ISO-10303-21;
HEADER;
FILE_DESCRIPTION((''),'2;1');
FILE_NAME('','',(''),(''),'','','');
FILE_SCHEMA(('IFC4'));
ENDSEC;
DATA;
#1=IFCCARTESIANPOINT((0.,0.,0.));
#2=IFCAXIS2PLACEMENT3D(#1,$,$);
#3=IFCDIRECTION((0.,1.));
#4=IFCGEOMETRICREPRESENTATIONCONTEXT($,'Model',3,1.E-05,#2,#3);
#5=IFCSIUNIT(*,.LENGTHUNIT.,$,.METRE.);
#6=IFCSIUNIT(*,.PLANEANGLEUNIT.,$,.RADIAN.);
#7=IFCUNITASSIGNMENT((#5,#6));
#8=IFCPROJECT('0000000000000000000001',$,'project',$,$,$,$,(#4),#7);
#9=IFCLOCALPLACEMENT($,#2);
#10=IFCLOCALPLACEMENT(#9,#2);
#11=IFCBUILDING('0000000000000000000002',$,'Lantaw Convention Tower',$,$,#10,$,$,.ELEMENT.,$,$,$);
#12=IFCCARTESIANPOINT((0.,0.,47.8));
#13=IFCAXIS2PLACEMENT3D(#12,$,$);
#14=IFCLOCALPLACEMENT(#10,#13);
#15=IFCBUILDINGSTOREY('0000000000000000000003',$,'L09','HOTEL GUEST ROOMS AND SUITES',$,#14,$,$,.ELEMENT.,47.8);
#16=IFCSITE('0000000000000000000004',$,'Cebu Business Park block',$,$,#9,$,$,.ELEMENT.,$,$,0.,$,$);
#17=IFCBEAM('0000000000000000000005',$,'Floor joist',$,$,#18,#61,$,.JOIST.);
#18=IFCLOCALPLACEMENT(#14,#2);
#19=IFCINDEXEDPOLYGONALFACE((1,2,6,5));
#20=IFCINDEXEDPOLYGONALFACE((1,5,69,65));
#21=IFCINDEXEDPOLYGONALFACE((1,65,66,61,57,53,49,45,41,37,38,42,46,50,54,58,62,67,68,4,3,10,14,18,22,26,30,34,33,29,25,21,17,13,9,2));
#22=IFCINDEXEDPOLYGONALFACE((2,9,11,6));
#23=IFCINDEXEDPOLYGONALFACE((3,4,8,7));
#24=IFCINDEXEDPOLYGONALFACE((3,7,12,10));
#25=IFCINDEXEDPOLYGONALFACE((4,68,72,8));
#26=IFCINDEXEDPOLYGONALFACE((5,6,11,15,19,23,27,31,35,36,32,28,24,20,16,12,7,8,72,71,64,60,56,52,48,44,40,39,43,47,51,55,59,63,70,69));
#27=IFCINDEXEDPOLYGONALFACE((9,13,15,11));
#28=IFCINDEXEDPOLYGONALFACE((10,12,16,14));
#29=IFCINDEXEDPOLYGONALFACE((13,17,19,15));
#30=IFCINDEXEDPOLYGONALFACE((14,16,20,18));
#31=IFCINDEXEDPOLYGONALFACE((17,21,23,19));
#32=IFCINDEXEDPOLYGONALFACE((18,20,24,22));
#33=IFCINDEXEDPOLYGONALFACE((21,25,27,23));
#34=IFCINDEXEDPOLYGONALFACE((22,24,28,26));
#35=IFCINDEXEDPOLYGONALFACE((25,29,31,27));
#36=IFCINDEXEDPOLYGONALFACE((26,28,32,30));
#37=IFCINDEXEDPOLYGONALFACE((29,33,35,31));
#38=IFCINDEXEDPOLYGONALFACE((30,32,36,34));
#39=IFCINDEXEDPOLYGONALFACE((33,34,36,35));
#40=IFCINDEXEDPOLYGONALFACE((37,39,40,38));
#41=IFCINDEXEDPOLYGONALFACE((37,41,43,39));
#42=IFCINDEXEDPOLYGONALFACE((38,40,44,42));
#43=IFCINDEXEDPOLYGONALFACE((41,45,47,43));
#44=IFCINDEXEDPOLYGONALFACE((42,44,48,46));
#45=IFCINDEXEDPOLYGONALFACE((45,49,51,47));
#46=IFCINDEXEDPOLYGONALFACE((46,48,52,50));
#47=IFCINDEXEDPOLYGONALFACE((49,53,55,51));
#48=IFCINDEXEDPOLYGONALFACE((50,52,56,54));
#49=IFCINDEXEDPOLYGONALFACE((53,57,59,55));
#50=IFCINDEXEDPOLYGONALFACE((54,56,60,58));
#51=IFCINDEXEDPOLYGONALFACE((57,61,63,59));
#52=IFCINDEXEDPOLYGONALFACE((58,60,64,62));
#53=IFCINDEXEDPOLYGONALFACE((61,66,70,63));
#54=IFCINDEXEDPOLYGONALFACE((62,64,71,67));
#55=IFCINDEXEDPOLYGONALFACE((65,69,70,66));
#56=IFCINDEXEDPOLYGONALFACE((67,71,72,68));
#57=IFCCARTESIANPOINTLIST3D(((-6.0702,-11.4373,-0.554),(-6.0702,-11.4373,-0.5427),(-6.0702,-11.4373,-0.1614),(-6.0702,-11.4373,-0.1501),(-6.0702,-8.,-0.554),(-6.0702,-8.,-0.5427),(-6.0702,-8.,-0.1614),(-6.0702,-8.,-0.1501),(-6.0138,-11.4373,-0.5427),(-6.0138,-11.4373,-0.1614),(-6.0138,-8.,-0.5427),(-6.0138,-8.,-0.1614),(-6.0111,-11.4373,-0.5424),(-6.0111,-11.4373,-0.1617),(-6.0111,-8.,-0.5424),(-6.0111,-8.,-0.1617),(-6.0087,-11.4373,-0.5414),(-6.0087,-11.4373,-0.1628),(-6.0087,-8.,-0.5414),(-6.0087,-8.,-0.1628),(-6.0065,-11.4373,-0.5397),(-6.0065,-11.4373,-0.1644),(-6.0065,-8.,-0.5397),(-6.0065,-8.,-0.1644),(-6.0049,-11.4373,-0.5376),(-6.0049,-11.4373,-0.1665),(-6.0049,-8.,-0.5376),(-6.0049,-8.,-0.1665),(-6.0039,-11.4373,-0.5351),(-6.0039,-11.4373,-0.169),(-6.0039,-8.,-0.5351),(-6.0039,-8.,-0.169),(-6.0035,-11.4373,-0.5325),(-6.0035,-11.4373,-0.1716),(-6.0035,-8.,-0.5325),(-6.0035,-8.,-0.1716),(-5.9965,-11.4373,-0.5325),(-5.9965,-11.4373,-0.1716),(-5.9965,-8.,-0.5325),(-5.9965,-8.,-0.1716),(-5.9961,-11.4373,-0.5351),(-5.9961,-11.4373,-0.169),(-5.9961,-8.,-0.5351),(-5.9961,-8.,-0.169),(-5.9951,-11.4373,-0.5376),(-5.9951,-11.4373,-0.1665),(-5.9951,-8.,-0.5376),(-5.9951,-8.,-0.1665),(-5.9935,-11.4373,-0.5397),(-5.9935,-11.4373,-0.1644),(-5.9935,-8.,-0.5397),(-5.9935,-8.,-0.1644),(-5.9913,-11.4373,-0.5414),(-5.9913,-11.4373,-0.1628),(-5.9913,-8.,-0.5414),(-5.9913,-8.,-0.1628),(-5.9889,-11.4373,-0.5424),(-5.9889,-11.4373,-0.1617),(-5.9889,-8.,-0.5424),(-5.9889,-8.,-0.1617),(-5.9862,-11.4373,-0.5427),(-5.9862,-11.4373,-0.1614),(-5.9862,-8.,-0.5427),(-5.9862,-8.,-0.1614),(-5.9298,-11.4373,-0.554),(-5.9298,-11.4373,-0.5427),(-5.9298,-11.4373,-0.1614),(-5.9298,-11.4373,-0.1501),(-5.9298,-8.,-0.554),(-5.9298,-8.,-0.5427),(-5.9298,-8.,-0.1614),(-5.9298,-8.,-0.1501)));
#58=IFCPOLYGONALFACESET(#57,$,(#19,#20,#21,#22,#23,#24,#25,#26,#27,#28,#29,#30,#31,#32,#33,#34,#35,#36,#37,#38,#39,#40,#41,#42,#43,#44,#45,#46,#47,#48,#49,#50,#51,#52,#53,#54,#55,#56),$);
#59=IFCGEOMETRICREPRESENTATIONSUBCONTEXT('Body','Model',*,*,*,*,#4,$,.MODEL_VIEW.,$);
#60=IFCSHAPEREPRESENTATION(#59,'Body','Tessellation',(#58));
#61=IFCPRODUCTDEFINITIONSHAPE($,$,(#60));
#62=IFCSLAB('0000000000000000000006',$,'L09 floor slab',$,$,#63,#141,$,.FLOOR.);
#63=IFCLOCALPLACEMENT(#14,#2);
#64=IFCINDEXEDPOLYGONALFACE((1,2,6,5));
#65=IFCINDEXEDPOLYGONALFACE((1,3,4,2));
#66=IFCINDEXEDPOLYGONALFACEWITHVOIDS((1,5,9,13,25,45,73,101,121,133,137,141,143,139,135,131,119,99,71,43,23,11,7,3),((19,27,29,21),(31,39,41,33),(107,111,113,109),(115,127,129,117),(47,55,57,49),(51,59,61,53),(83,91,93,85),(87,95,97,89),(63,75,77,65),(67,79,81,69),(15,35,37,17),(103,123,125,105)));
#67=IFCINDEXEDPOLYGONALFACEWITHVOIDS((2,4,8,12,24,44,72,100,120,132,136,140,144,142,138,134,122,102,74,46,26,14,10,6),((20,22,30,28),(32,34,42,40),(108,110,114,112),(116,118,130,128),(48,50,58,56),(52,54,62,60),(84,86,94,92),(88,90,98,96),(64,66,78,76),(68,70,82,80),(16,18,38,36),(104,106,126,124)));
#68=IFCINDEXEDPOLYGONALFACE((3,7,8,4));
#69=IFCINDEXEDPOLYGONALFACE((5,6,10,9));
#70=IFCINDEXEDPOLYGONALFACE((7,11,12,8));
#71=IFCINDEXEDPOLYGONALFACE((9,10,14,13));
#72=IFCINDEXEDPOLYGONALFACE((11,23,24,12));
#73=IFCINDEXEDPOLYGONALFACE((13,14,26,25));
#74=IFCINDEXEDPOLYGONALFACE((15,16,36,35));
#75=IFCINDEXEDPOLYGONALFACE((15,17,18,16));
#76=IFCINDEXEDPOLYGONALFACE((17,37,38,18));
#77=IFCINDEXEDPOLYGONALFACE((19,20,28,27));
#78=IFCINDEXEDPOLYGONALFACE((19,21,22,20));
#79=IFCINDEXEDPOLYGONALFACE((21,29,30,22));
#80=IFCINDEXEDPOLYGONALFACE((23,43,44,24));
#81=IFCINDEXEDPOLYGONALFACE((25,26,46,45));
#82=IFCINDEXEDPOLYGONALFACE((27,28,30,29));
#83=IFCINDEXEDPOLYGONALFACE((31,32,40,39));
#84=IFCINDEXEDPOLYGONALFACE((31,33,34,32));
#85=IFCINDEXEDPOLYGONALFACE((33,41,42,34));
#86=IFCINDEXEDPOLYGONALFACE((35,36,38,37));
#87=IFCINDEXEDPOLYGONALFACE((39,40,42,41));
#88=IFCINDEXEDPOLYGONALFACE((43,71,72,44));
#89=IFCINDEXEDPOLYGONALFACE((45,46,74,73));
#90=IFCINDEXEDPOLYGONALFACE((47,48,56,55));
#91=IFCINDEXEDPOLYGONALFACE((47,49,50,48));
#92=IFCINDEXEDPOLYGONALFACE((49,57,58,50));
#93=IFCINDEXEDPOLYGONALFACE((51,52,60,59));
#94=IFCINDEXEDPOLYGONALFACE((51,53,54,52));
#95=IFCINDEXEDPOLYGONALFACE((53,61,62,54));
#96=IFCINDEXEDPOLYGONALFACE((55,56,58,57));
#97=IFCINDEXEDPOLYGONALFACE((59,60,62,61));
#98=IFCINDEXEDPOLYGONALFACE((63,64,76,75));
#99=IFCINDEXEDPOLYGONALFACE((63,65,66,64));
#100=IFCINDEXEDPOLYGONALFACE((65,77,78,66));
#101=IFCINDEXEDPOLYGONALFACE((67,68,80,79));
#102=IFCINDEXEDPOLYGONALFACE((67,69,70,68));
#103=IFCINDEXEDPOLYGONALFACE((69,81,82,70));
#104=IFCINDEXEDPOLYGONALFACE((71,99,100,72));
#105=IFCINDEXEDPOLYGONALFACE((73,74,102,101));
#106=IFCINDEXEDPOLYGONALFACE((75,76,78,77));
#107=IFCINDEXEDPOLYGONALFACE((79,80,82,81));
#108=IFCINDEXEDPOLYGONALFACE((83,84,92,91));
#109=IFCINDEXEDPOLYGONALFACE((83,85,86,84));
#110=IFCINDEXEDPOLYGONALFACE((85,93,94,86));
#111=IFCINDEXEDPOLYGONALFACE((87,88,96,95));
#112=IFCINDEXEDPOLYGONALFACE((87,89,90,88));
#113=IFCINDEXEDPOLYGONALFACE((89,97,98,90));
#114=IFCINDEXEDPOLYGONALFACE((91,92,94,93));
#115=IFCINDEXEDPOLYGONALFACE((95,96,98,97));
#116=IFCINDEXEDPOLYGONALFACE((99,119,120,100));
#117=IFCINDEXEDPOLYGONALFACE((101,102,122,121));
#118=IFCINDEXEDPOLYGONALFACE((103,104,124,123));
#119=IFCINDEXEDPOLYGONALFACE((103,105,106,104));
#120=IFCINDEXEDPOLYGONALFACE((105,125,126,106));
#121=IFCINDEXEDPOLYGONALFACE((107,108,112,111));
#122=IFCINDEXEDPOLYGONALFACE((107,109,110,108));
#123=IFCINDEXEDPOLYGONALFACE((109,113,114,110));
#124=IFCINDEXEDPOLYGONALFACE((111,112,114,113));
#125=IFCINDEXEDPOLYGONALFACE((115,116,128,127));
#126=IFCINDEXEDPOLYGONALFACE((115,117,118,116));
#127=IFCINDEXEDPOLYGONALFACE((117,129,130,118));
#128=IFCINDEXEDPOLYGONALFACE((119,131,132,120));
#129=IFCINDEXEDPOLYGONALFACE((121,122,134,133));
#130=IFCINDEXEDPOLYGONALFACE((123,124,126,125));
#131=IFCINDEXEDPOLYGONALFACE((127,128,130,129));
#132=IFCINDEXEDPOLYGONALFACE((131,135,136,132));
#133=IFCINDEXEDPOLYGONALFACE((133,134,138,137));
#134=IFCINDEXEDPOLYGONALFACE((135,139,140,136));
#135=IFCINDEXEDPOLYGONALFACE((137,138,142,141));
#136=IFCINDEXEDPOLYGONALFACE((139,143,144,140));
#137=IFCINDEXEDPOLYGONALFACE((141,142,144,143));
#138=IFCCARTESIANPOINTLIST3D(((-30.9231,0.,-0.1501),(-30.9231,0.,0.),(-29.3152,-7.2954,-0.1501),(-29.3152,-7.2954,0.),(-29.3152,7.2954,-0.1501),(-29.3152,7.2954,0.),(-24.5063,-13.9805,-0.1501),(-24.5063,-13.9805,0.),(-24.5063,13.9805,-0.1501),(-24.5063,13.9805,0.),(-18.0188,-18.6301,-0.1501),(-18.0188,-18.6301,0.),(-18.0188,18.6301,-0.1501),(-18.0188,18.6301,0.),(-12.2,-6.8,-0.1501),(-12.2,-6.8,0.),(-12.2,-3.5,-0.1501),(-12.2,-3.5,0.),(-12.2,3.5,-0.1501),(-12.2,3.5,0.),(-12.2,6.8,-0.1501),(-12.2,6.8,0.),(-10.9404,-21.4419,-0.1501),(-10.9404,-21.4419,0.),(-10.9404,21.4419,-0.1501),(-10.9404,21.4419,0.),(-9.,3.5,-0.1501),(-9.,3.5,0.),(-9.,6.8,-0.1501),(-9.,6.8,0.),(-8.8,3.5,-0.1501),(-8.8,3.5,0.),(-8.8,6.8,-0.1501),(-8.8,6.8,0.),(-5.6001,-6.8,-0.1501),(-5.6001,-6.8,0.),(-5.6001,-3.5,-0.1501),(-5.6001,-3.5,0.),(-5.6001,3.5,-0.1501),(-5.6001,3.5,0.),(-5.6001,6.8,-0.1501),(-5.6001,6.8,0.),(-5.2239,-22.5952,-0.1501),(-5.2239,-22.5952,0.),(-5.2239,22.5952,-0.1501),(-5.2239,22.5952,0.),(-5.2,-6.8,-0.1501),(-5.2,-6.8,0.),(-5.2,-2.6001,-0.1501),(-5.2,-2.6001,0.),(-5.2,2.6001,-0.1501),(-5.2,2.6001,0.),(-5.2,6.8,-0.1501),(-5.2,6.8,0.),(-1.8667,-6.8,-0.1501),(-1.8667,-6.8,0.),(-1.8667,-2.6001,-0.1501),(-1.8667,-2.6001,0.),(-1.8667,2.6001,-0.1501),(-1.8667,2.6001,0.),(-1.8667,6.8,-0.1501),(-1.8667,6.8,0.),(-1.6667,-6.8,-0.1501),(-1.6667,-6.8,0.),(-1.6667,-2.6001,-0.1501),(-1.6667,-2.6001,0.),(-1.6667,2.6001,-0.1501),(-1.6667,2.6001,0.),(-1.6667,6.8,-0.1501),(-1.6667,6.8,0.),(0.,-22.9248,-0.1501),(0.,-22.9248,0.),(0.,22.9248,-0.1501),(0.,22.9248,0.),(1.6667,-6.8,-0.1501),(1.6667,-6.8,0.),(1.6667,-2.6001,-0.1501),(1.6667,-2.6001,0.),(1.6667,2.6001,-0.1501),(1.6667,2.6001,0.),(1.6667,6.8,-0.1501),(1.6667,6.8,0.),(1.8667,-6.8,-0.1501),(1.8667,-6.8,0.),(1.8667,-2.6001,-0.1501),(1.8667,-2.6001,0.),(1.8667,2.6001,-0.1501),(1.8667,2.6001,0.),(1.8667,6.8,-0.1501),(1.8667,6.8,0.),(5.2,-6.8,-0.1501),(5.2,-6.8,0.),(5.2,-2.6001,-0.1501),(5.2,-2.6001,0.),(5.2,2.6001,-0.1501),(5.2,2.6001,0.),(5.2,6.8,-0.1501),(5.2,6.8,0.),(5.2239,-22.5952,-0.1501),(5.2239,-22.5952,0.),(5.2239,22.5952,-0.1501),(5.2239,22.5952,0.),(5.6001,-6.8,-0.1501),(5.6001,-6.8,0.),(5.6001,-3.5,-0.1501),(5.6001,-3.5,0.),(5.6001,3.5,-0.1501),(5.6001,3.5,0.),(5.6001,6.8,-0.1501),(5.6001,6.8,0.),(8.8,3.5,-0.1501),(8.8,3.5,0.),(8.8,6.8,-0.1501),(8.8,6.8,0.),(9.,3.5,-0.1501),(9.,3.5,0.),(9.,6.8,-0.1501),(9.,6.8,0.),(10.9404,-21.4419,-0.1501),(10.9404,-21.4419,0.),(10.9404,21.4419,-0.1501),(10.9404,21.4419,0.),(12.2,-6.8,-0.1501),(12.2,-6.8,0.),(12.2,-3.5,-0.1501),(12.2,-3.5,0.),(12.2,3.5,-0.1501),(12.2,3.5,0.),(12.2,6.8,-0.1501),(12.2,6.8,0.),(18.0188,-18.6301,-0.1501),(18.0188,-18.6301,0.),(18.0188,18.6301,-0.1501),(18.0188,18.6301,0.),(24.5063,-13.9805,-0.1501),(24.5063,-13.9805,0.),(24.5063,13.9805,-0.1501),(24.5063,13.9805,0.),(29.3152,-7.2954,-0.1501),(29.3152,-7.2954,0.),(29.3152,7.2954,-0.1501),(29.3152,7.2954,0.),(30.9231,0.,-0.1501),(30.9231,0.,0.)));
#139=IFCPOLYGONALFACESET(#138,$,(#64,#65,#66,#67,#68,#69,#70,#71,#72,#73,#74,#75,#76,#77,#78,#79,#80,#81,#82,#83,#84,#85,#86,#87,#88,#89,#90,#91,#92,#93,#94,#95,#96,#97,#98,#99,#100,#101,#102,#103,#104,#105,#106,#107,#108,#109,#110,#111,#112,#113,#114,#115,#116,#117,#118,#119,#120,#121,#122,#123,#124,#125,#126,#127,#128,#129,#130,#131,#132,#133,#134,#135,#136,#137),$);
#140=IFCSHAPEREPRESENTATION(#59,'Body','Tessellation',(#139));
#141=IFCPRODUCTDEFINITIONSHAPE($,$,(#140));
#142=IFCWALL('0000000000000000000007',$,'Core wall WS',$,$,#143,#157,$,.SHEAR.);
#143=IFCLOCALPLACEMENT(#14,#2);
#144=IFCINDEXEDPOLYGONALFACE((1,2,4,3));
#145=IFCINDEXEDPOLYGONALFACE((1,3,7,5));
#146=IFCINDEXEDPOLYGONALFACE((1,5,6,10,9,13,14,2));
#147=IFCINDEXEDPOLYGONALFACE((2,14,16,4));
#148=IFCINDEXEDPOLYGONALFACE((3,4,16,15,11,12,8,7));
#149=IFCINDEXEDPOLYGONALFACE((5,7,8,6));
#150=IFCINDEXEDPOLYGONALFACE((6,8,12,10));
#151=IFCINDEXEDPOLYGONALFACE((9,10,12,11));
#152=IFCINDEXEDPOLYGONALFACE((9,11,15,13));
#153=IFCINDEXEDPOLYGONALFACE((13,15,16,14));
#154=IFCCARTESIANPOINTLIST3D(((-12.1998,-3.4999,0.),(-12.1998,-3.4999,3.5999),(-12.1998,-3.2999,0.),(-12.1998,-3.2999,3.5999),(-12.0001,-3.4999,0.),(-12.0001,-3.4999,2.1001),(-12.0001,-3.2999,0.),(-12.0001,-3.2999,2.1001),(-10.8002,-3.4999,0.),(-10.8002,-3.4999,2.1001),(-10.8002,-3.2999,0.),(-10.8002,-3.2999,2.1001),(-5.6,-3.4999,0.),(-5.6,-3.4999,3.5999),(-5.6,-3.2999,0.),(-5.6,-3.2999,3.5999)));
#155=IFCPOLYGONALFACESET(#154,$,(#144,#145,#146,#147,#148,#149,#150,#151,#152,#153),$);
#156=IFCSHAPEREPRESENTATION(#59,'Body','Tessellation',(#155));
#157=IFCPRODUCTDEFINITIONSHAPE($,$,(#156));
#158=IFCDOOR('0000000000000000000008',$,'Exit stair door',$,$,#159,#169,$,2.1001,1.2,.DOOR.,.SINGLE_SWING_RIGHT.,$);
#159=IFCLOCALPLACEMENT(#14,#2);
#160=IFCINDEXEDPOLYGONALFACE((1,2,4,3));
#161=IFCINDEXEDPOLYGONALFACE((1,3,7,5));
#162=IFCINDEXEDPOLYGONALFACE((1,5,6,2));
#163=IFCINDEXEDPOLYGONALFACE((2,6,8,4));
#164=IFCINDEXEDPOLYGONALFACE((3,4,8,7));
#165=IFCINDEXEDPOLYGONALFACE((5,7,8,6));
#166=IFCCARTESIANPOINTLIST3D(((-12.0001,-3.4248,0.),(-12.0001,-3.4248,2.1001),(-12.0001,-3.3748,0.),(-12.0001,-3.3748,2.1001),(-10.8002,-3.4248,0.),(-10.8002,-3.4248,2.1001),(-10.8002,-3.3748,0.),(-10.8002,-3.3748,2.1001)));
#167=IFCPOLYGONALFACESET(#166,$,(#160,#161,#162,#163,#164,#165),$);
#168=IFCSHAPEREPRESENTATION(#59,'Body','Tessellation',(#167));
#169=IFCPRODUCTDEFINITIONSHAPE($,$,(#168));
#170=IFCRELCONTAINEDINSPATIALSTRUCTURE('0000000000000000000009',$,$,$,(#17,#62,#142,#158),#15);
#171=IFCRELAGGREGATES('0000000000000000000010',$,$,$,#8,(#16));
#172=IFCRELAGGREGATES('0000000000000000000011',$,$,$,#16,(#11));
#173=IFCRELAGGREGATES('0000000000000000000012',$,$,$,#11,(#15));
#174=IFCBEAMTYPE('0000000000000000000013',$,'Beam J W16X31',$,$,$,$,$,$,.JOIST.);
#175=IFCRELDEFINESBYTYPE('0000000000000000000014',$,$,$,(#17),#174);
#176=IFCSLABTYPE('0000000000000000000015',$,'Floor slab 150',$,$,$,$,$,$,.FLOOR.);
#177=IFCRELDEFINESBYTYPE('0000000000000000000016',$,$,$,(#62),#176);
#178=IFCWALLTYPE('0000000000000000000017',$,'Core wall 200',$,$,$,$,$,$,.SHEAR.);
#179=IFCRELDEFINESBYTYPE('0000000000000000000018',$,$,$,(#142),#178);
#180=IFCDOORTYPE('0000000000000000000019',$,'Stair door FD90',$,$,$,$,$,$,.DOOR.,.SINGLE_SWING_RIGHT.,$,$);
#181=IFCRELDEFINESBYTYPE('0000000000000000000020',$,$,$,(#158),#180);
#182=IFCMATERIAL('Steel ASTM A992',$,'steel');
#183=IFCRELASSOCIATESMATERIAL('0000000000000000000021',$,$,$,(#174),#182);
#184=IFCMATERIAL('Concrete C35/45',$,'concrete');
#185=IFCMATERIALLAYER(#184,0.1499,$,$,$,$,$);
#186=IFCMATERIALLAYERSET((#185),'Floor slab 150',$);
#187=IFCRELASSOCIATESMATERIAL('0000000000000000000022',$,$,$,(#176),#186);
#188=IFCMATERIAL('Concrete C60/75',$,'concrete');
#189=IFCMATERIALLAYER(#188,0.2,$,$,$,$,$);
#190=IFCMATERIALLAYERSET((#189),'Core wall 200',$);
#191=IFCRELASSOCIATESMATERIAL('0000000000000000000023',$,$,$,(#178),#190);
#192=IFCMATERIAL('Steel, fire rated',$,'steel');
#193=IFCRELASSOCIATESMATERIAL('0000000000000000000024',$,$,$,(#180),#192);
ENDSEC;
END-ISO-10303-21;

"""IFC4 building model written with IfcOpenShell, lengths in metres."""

from ifc_helpers import new_model, si_unit, direction, frame, frame_2d, origin, origin_2d, place, context, subcontext, project, spatial, polyline, rectangle, i_section, outline, extrude, material, layer, layer_set, material_profile, profile_set, type_object, element, fill, save


model = new_model("IFC4")

# Units and contexts
model_context = context("Model", 3, precision=1e-05, world=origin(), true_north=direction((0.0, 1.0)))
body_context = subcontext(model_context, "Body", "Model", "MODEL_VIEW")
ifc_project = project(units=[si_unit("LENGTHUNIT", "METRE"), si_unit("PLANEANGLEUNIT", "RADIAN")], contexts=[model_context])

# Site, building, storey
site_placement = place(None, origin())
site = spatial("IfcSite", under=ifc_project, at=site_placement, Name="Cebu Business Park block", CompositionType="ELEMENT", RefElevation=0.0)
building_placement = place(site_placement, origin())
building = spatial("IfcBuilding", under=site, at=building_placement, Name="Lantaw Convention Tower", CompositionType="ELEMENT")
storey_placement = place(building_placement, frame((0.0, 0.0, 47.8)))
storey = spatial("IfcBuildingStorey", under=building, at=storey_placement, Name="L09", Description="HOTEL GUEST ROOMS AND SUITES", CompositionType="ELEMENT", Elevation=47.8)

# Beam
ifc_material_1 = material(Name="Steel ASTM A992", Category="steel")
ifc_material_profile_1 = material_profile(ifc_material_1, i_section(OverallWidth=0.1404, OverallDepth=0.4038, WebThickness=0.0071, FlangeThickness=0.0112, FilletRadius=0.0103, at=origin_2d()), Name="W16X31")
ifc_profile_set_1 = profile_set([ifc_material_profile_1], Name="Steel ASTM A992")
beam_type_1 = type_object("IfcBeamType", Name="Beam J W16X31", PredefinedType="JOIST", material=ifc_profile_set_1)
beam_1_placement = place(storey_placement, frame((-6.0, -11.4373, -0.3521), z_axis=(0.0, 1.0, 0.0), x_axis=(-1.0, 0.0, 0.0)))
element("IfcBeam", 1, at=beam_1_placement, inside=storey, type_object=beam_type_1, Name="Floor joist", PredefinedType="JOIST", context=body_context, shape_type="SweptSolid", body=[
    extrude(i_section(OverallWidth=0.1404, OverallDepth=0.4038, WebThickness=0.0071, FlangeThickness=0.0112, FilletRadius=0.0103, at=origin_2d()), origin(), (0.0, 0.0, 1.0), 3.4373),
])

# Slab
ifc_material_2 = material(Name="Concrete C35/45", Category="concrete")
ifc_layer_1 = layer(ifc_material_2, 0.1499)
ifc_layer_set_1 = layer_set([ifc_layer_1], Name="Floor slab 150")
slab_type = type_object("IfcSlabType", Name="Floor slab 150", PredefinedType="FLOOR", material=ifc_layer_set_1)
slab_placement = place(storey_placement, frame((0.0, 0.0, -0.1501)))
element("IfcSlab", 2, at=slab_placement, inside=storey, type_object=slab_type, Name="L09 floor slab", PredefinedType="FLOOR", context=body_context, shape_type="SweptSolid", body=[
    extrude(outline(polyline([(29.3152, -7.2954), (30.9231, 0.0), (29.3152, 7.2954), (24.5063, 13.9805), (18.0188, 18.6301), (10.9404, 21.4419), (5.2239, 22.5952), (0.0, 22.9248), (-5.2239, 22.5952), (-10.9404, 21.4419), (-18.0188, 18.6301), (-24.5063, 13.9805), (-29.3152, 7.2954), (-30.9231, 0.0), (-29.3152, -7.2954), (-24.5063, -13.9805), (-18.0188, -18.6301), (-10.9404, -21.4419), (-5.2239, -22.5952), (0.0, -22.9248), (5.2239, -22.5952), (10.9404, -21.4419), (18.0188, -18.6301), (24.5063, -13.9805), (29.3152, -7.2954)]), holes=[polyline([(-5.6001, -3.5), (-12.2, -3.5), (-12.2, -6.8), (-5.6001, -6.8), (-5.6001, -3.5)]), polyline([(-1.8667, -6.8), (-1.8667, -2.6001), (-5.2, -2.6001), (-5.2, -6.8), (-1.8667, -6.8)]), polyline([(-1.8667, 2.6001), (-1.8667, 6.8), (-5.2, 6.8), (-5.2, 2.6001), (-1.8667, 2.6001)]), polyline([(1.6667, 6.8), (-1.6667, 6.8), (-1.6667, 2.6001), (1.6667, 2.6001), (1.6667, 6.8)]), polyline([(-9.0, 3.5), (-9.0, 6.8), (-12.2, 6.8), (-12.2, 3.5), (-9.0, 3.5)]), polyline([(-5.6001, 3.5), (-5.6001, 6.8), (-8.8, 6.8), (-8.8, 3.5), (-5.6001, 3.5)]), polyline([(12.2, -3.5), (5.6001, -3.5), (5.6001, -6.8), (12.2, -6.8), (12.2, -3.5)]), polyline([(1.6667, -6.8), (1.6667, -2.6001), (-1.6667, -2.6001), (-1.6667, -6.8), (1.6667, -6.8)]), polyline([(5.2, -6.8), (5.2, -2.6001), (1.8667, -2.6001), (1.8667, -6.8), (5.2, -6.8)]), polyline([(5.2, 6.8), (1.8667, 6.8), (1.8667, 2.6001), (5.2, 2.6001), (5.2, 6.8)]), polyline([(8.8, 3.5), (8.8, 6.8), (5.6001, 6.8), (5.6001, 3.5), (8.8, 3.5)]), polyline([(12.2, 3.5), (12.2, 6.8), (9.0, 6.8), (9.0, 3.5), (12.2, 3.5)])]), origin(), (0.0, 0.0, 1.0), 0.1501),
])

# Wall, opening, door
ifc_material_3 = material(Name="Concrete C60/75", Category="concrete")
ifc_layer_2 = layer(ifc_material_3, 0.2)
ifc_layer_set_2 = layer_set([ifc_layer_2], Name="Core wall 200")
wall_type_1 = type_object("IfcWallType", Name="Core wall 200", PredefinedType="SHEAR", material=ifc_layer_set_2)
wall_1_placement = place(storey_placement, frame((-5.6001, -3.3999, 0.0), z_axis=(0.0, 0.0, 1.0), x_axis=(-1.0, 0.0, 0.0)))
wall_1 = element("IfcWall", 3, at=wall_1_placement, inside=storey, type_object=wall_type_1, Name="Core wall WS", PredefinedType="SHEAR", context=body_context, shape_type="SweptSolid", body=[
    extrude(rectangle(XDim=6.5999, YDim=0.2, at=frame_2d((3.2998, 0.0))), origin(), (0.0, 0.0, 1.0), 3.5999),
])
opening_1_placement = place(wall_1_placement, frame((5.2, 0.0, 0.0)))
opening_1 = element("IfcOpeningElement", 4, at=opening_1_placement, cuts=wall_1, PredefinedType="OPENING", context=body_context, shape_type="SweptSolid", body=[
    extrude(rectangle(XDim=1.2, YDim=2.1001, at=frame_2d((0.6001, 1.05))), frame((0.0, 0.1099, 0.0), z_axis=(0.0, -1.0, 0.0), x_axis=(1.0, 0.0, 0.0)), (0.0, 0.0, 1.0), 0.22),
])
ifc_material_4 = material(Name="Steel, fire rated", Category="steel")
door_type_1 = type_object("IfcDoorType", Name="Stair door FD90", OperationType="SINGLE_SWING_RIGHT", PredefinedType="DOOR", material=ifc_material_4)
door_1_placement = place(opening_1_placement, origin())
door_1 = element("IfcDoor", 5, at=door_1_placement, inside=storey, type_object=door_type_1, Name="Exit stair door", OperationType="SINGLE_SWING_RIGHT", OverallHeight=2.1001, OverallWidth=1.2, PredefinedType="DOOR", context=body_context, shape_type="SweptSolid", body=[
    extrude(rectangle(XDim=1.2, YDim=2.1001, at=frame_2d((0.6001, 1.05))), frame((0.0, 0.0249, 0.0), z_axis=(0.0, -1.0, 0.0), x_axis=(1.0, 0.0, 0.0)), (0.0, 0.0, 1.0), 0.05),
])
fill(opening_1, door_1)

save(model, "model.ifc")
